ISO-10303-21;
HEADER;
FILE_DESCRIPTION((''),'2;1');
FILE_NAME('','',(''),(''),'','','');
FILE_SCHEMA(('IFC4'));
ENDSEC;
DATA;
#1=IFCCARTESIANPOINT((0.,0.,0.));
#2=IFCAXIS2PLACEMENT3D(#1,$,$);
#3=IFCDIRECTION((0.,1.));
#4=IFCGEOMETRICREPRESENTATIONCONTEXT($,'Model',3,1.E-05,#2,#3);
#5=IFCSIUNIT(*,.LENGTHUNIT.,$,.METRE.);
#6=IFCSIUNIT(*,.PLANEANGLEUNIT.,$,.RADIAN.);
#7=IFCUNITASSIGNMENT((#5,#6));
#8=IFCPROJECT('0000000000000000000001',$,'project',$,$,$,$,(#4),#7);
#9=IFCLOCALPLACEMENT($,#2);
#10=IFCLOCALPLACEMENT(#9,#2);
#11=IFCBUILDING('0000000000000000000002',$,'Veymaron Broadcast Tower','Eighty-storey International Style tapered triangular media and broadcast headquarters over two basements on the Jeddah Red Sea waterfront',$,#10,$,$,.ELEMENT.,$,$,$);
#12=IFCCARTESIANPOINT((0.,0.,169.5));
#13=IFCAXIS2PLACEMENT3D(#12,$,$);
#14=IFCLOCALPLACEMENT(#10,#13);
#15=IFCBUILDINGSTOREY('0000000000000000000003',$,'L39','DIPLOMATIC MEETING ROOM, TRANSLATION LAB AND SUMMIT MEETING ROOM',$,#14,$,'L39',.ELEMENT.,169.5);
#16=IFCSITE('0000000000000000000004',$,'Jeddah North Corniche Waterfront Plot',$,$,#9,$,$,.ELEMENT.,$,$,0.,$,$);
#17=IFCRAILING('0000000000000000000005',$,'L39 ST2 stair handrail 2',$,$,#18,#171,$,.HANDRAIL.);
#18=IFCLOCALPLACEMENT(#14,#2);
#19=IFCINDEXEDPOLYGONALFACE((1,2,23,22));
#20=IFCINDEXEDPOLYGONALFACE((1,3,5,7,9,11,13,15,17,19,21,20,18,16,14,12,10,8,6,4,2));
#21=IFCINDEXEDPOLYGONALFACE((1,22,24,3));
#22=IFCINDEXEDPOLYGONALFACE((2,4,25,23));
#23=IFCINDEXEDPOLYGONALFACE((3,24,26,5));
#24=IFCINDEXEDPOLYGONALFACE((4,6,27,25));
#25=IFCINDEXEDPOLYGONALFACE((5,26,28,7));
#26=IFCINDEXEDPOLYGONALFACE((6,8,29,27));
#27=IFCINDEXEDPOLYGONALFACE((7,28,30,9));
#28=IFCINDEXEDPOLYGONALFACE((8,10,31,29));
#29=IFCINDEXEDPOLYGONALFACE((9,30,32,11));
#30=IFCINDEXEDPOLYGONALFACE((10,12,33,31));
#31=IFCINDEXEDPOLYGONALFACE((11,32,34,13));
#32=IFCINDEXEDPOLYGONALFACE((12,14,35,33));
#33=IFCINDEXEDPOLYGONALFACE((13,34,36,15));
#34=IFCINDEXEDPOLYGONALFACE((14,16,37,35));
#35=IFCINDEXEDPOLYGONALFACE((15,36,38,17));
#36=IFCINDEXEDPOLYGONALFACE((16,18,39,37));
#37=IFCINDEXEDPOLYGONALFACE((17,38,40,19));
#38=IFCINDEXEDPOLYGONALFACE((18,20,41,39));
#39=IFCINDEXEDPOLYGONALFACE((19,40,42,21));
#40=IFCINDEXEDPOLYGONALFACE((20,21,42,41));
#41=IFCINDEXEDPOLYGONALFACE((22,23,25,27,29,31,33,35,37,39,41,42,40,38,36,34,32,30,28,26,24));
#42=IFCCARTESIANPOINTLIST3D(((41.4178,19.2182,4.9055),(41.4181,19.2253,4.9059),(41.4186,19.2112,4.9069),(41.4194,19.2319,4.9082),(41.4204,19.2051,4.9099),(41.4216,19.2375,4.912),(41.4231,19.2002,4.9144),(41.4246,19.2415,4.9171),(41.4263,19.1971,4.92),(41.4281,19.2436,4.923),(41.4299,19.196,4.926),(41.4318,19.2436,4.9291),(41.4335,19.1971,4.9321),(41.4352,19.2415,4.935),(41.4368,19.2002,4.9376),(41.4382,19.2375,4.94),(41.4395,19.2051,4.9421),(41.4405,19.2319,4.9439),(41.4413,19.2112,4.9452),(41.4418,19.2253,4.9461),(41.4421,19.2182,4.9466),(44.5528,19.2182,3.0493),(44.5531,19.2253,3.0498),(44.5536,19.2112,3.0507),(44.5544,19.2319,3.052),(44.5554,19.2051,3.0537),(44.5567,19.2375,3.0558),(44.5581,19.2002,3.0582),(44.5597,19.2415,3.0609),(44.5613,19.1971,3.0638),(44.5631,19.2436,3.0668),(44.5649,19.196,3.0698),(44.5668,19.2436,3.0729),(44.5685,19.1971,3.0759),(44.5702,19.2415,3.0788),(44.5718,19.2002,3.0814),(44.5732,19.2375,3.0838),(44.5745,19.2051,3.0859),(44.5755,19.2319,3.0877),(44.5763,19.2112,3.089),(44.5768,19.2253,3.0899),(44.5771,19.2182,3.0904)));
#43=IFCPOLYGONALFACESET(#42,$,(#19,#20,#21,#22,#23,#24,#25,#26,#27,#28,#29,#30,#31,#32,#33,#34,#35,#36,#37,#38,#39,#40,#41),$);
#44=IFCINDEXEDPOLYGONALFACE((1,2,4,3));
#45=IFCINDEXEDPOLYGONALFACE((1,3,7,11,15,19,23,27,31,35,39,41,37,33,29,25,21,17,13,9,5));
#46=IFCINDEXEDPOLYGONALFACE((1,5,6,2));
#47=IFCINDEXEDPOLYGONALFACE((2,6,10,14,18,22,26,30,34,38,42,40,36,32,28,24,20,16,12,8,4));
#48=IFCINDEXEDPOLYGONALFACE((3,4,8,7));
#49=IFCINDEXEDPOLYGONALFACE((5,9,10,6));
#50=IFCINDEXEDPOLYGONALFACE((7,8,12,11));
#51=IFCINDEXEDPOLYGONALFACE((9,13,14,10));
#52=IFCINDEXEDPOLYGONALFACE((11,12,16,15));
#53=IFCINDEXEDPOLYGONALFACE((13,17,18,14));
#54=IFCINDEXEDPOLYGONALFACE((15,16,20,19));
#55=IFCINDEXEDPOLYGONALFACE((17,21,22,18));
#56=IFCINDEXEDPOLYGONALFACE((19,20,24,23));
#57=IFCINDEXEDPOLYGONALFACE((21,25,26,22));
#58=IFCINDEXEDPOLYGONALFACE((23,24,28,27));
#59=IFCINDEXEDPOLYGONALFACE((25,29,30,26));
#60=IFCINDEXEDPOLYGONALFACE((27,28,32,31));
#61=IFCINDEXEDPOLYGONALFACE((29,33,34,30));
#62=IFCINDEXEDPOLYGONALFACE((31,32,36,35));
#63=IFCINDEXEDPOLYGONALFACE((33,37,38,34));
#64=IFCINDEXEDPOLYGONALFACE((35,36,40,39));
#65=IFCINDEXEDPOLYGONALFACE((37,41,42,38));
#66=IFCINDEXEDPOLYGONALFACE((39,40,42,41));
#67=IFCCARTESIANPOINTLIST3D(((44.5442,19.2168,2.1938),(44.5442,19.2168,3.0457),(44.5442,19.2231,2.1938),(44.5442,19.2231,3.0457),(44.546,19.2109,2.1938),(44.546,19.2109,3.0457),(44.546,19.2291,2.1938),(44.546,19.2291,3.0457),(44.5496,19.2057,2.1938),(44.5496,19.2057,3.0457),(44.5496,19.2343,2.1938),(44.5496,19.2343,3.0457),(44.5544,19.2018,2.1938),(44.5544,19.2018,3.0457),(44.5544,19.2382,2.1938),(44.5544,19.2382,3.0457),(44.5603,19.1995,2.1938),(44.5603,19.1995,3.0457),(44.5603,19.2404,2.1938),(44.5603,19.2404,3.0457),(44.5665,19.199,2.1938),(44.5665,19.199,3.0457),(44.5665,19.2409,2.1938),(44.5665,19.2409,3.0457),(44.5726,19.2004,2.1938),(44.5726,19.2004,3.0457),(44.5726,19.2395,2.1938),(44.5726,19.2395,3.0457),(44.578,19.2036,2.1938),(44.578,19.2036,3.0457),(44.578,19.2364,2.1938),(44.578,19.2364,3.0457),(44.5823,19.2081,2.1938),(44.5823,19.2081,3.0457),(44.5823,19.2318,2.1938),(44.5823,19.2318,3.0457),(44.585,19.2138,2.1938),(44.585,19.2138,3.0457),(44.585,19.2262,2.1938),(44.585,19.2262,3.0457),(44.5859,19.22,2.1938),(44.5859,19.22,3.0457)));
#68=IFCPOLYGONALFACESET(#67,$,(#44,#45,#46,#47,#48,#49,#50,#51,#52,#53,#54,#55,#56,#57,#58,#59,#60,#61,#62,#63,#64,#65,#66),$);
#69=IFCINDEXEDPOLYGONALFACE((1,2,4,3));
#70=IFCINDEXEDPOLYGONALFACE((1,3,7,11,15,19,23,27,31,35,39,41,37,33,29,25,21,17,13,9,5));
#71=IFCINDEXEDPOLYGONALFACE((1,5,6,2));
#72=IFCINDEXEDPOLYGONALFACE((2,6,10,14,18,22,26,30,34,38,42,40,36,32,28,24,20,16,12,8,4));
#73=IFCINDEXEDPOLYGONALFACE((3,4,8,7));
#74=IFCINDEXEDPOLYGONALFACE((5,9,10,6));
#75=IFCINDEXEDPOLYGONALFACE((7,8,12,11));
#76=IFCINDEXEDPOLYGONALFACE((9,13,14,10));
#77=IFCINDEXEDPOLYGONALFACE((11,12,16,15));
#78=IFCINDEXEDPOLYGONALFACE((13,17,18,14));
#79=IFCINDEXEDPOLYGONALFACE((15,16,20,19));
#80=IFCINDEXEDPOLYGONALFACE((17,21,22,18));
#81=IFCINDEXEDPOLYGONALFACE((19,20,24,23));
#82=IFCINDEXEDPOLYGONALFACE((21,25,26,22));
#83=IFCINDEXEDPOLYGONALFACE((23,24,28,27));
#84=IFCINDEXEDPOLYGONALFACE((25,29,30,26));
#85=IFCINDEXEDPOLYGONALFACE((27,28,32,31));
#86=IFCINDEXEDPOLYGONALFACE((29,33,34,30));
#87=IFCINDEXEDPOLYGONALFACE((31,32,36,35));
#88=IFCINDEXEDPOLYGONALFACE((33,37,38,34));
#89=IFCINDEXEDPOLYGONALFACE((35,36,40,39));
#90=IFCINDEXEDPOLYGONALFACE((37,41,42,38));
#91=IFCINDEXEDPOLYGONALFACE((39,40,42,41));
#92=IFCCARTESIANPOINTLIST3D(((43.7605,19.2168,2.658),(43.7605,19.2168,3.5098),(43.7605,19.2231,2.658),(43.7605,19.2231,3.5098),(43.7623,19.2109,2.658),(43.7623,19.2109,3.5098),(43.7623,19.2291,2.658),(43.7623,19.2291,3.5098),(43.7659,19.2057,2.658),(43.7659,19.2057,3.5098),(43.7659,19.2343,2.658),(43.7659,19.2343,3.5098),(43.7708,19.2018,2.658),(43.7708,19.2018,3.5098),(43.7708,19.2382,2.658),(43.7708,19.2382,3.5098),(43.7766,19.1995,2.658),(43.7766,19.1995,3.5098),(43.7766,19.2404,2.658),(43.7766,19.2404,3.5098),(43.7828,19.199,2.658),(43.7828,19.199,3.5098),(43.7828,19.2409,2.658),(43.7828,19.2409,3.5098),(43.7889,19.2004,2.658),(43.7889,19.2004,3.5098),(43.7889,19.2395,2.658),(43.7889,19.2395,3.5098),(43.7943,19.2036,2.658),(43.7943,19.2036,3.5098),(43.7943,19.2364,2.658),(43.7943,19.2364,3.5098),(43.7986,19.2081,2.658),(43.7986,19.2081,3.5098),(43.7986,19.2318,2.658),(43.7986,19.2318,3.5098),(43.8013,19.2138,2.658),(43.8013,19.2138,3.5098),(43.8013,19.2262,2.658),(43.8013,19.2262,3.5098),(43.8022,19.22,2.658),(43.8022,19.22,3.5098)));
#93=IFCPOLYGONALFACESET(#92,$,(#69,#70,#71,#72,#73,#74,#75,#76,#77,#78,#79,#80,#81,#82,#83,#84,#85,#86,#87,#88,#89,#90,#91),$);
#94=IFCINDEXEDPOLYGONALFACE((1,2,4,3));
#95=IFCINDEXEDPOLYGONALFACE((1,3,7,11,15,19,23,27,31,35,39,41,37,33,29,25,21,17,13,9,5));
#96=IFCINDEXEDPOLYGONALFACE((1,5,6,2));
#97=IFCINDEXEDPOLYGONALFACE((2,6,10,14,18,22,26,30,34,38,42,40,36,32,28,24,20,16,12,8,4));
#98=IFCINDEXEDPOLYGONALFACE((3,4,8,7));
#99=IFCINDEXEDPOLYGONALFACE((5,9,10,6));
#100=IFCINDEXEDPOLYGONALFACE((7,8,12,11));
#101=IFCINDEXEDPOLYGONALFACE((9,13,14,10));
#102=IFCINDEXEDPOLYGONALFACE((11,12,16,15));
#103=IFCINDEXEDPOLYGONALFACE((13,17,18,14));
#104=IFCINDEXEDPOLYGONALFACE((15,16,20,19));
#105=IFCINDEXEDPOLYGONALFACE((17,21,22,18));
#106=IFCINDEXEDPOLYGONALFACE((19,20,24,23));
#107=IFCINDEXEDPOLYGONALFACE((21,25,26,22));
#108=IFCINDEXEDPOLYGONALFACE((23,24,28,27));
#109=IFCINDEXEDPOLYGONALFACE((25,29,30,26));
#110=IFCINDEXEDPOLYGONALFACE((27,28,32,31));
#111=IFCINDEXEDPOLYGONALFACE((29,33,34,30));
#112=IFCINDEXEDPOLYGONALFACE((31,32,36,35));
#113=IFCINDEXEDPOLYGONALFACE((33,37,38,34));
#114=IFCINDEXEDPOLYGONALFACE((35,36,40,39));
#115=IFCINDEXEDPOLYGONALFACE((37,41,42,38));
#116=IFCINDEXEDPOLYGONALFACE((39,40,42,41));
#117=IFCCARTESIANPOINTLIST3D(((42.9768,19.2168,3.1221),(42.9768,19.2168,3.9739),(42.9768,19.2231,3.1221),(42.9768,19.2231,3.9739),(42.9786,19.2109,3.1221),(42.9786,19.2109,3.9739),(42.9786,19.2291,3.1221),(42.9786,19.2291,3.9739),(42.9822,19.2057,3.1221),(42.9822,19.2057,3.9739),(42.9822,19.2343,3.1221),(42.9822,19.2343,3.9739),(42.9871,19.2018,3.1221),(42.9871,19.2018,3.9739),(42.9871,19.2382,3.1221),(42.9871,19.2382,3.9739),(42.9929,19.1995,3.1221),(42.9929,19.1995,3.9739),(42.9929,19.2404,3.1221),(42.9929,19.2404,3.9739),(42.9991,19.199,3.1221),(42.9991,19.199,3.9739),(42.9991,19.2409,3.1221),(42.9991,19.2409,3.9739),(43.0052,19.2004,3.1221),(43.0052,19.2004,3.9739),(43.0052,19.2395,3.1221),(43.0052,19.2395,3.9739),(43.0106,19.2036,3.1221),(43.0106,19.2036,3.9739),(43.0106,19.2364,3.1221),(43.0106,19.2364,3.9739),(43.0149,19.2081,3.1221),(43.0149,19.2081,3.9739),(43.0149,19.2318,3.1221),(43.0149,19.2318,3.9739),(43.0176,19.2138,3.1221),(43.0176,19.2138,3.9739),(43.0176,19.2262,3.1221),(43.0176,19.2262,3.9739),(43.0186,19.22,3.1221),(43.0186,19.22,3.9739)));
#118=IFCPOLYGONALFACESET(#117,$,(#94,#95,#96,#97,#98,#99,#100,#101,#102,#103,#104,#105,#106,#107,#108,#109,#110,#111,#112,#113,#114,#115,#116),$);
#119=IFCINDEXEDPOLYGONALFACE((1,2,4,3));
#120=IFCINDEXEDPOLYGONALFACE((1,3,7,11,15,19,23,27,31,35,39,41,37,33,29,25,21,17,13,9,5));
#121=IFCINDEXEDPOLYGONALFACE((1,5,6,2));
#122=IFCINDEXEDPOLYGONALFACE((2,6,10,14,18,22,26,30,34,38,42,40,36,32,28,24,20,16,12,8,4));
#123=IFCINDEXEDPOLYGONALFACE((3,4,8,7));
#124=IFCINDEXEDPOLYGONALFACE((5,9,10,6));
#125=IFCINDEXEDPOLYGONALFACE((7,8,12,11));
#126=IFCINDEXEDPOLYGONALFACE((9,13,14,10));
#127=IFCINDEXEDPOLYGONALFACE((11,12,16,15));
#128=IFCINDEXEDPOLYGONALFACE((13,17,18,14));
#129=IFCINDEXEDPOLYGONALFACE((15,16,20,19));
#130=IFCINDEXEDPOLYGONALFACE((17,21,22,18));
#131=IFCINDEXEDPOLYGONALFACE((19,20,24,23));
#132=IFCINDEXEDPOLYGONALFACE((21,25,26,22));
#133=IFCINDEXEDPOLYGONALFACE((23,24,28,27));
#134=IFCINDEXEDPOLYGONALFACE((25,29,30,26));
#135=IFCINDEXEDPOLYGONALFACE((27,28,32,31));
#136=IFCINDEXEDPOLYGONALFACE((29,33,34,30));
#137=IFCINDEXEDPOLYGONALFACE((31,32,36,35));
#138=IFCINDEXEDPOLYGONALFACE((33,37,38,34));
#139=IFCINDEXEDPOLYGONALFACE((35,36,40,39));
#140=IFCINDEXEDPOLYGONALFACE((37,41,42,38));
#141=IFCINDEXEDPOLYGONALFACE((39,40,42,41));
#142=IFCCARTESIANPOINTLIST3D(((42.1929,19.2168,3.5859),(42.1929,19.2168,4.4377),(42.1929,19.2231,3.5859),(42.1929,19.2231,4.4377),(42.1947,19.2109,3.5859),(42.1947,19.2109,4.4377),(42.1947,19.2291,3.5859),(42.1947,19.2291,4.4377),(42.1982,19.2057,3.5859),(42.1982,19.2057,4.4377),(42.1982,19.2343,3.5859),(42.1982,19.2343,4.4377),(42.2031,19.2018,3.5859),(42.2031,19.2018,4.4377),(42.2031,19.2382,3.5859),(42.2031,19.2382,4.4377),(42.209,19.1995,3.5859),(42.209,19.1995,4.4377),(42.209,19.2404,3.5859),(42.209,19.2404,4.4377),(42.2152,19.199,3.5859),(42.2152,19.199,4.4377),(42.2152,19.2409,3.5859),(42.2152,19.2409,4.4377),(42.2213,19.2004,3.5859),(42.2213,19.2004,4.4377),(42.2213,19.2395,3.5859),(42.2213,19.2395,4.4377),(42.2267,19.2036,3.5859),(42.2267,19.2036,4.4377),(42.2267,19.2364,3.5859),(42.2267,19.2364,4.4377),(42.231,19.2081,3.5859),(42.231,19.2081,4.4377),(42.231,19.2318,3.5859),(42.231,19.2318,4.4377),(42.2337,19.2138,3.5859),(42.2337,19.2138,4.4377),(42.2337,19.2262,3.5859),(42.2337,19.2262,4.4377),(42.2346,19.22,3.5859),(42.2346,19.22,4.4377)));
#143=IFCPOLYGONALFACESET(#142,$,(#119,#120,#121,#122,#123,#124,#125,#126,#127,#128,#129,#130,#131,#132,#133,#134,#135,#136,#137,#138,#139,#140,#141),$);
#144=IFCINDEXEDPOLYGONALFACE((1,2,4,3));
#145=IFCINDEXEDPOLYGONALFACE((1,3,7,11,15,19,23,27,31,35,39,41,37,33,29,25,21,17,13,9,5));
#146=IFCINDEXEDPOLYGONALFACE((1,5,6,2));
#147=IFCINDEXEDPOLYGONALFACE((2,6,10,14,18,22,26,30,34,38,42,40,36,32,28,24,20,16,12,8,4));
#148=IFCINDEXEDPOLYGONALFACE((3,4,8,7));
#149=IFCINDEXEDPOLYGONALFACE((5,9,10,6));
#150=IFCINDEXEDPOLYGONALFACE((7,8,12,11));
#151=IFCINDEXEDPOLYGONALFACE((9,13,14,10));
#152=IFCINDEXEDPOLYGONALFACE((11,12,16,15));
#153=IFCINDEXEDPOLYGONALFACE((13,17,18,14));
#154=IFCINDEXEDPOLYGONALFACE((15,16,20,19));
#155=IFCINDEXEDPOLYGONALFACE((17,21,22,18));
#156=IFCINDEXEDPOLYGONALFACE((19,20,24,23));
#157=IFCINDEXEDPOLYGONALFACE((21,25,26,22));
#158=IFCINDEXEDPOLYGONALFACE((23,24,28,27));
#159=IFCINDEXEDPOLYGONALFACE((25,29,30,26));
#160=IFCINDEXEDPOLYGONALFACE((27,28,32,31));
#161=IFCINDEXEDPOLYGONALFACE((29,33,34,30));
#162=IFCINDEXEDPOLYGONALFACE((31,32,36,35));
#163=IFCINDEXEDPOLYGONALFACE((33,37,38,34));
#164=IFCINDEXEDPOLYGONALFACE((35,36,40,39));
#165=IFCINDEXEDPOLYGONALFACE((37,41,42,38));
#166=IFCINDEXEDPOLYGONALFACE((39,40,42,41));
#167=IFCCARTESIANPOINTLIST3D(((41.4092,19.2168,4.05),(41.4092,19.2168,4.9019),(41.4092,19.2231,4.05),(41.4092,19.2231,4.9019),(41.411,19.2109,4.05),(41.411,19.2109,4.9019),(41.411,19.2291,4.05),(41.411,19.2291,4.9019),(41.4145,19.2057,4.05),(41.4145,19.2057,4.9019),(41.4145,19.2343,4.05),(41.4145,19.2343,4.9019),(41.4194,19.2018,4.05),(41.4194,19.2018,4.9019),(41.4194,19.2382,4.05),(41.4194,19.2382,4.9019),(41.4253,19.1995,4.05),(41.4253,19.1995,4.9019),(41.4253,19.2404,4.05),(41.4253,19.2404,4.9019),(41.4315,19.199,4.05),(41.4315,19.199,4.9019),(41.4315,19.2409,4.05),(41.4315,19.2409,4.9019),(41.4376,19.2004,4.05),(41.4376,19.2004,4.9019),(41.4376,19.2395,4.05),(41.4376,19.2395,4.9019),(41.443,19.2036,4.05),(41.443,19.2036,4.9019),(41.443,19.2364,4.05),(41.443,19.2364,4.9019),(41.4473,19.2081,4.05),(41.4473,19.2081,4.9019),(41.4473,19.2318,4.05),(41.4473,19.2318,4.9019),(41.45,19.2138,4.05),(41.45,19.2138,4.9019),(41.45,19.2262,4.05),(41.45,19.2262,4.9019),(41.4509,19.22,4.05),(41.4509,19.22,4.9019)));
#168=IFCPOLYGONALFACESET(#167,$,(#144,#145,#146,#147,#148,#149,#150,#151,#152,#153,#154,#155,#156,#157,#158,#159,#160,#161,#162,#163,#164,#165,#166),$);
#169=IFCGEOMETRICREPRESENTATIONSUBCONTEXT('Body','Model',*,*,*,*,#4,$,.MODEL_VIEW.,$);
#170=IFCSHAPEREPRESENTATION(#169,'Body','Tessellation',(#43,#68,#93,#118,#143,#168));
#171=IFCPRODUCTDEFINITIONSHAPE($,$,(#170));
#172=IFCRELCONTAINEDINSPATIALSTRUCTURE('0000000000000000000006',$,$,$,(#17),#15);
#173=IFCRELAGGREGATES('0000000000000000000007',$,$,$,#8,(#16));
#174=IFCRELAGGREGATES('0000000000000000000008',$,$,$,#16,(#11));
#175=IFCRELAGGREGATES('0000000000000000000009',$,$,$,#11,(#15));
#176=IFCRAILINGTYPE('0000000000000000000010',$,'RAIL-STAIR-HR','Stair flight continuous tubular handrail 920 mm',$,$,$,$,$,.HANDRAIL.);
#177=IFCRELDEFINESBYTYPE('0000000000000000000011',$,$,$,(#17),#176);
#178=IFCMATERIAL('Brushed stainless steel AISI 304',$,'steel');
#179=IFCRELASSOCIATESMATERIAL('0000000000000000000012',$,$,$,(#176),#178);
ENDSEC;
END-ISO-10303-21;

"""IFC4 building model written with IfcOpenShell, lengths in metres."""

from ifc_helpers import new_model, si_unit, direction, frame, origin, origin_2d, place, context, subcontext, project, spatial, circle, extrude, material, type_object, element, save


model = new_model("IFC4")

# Units and contexts
model_context = context("Model", 3, precision=1e-05, world=origin(), true_north=direction((0.0, 1.0)))
body_context = subcontext(model_context, "Body", "Model", "MODEL_VIEW")
ifc_project = project(units=[si_unit("LENGTHUNIT", "METRE"), si_unit("PLANEANGLEUNIT", "RADIAN")], contexts=[model_context])

# Site, building, storey
site_placement = place(None, origin())
site = spatial("IfcSite", under=ifc_project, at=site_placement, Name="Jeddah North Corniche Waterfront Plot", CompositionType="ELEMENT", RefElevation=0.0)
building_placement = place(site_placement, origin())
building = spatial("IfcBuilding", under=site, at=building_placement, Name="Veymaron Broadcast Tower", Description="Eighty-storey International Style tapered triangular media and broadcast headquarters over two basements on the Jeddah Red Sea waterfront", CompositionType="ELEMENT")
storey_placement = place(building_placement, frame((0.0, 0.0, 169.5)))
storey = spatial("IfcBuildingStorey", under=building, at=storey_placement, Name="L39", Description="DIPLOMATIC MEETING ROOM, TRANSLATION LAB AND SUMMIT MEETING ROOM", LongName="L39", CompositionType="ELEMENT", Elevation=169.5)

# Shared definitions
ifc_material_1 = material(Name="Brushed stainless steel AISI 304", Category="steel")

# Railing
railing_type_1 = type_object("IfcRailingType", Name="RAIL-STAIR-HR", Description="Stair flight continuous tubular handrail 920 mm", PredefinedType="HANDRAIL", material=ifc_material_1)
railing_1_placement = place(storey_placement, frame((44.5649, 19.22, 2.1938)))
element("IfcRailing", 1, at=railing_1_placement, inside=storey, type_object=railing_type_1, Name="L39 ST2 stair handrail 2", PredefinedType="HANDRAIL", context=body_context, shape_type="SweptSolid", body=[
    extrude(circle(Radius=0.0239, at=origin_2d()), frame((0.0, 0.0, 0.876), z_axis=(-0.860482, 0.0, 0.509481), x_axis=(0.0, -1.0, 0.0)), (0.0, 0.0, 1.0), 3.6433),
    extrude(circle(Radius=0.021, at=origin_2d()), origin(), (0.0, 0.0, 1.0), 0.8518),
    extrude(circle(Radius=0.021, at=origin_2d()), frame((-0.7837, 0.0, 0.4641)), (0.0, 0.0, 1.0), 0.8518),
    extrude(circle(Radius=0.021, at=origin_2d()), frame((-1.5674, 0.0, 0.9282)), (0.0, 0.0, 1.0), 0.8518),
    extrude(circle(Radius=0.021, at=origin_2d()), frame((-2.3513, 0.0, 1.3921)), (0.0, 0.0, 1.0), 0.8518),
    extrude(circle(Radius=0.021, at=origin_2d()), frame((-3.135, 0.0, 1.8562)), (0.0, 0.0, 1.0), 0.8518),
])

save(model, "model.ifc")
